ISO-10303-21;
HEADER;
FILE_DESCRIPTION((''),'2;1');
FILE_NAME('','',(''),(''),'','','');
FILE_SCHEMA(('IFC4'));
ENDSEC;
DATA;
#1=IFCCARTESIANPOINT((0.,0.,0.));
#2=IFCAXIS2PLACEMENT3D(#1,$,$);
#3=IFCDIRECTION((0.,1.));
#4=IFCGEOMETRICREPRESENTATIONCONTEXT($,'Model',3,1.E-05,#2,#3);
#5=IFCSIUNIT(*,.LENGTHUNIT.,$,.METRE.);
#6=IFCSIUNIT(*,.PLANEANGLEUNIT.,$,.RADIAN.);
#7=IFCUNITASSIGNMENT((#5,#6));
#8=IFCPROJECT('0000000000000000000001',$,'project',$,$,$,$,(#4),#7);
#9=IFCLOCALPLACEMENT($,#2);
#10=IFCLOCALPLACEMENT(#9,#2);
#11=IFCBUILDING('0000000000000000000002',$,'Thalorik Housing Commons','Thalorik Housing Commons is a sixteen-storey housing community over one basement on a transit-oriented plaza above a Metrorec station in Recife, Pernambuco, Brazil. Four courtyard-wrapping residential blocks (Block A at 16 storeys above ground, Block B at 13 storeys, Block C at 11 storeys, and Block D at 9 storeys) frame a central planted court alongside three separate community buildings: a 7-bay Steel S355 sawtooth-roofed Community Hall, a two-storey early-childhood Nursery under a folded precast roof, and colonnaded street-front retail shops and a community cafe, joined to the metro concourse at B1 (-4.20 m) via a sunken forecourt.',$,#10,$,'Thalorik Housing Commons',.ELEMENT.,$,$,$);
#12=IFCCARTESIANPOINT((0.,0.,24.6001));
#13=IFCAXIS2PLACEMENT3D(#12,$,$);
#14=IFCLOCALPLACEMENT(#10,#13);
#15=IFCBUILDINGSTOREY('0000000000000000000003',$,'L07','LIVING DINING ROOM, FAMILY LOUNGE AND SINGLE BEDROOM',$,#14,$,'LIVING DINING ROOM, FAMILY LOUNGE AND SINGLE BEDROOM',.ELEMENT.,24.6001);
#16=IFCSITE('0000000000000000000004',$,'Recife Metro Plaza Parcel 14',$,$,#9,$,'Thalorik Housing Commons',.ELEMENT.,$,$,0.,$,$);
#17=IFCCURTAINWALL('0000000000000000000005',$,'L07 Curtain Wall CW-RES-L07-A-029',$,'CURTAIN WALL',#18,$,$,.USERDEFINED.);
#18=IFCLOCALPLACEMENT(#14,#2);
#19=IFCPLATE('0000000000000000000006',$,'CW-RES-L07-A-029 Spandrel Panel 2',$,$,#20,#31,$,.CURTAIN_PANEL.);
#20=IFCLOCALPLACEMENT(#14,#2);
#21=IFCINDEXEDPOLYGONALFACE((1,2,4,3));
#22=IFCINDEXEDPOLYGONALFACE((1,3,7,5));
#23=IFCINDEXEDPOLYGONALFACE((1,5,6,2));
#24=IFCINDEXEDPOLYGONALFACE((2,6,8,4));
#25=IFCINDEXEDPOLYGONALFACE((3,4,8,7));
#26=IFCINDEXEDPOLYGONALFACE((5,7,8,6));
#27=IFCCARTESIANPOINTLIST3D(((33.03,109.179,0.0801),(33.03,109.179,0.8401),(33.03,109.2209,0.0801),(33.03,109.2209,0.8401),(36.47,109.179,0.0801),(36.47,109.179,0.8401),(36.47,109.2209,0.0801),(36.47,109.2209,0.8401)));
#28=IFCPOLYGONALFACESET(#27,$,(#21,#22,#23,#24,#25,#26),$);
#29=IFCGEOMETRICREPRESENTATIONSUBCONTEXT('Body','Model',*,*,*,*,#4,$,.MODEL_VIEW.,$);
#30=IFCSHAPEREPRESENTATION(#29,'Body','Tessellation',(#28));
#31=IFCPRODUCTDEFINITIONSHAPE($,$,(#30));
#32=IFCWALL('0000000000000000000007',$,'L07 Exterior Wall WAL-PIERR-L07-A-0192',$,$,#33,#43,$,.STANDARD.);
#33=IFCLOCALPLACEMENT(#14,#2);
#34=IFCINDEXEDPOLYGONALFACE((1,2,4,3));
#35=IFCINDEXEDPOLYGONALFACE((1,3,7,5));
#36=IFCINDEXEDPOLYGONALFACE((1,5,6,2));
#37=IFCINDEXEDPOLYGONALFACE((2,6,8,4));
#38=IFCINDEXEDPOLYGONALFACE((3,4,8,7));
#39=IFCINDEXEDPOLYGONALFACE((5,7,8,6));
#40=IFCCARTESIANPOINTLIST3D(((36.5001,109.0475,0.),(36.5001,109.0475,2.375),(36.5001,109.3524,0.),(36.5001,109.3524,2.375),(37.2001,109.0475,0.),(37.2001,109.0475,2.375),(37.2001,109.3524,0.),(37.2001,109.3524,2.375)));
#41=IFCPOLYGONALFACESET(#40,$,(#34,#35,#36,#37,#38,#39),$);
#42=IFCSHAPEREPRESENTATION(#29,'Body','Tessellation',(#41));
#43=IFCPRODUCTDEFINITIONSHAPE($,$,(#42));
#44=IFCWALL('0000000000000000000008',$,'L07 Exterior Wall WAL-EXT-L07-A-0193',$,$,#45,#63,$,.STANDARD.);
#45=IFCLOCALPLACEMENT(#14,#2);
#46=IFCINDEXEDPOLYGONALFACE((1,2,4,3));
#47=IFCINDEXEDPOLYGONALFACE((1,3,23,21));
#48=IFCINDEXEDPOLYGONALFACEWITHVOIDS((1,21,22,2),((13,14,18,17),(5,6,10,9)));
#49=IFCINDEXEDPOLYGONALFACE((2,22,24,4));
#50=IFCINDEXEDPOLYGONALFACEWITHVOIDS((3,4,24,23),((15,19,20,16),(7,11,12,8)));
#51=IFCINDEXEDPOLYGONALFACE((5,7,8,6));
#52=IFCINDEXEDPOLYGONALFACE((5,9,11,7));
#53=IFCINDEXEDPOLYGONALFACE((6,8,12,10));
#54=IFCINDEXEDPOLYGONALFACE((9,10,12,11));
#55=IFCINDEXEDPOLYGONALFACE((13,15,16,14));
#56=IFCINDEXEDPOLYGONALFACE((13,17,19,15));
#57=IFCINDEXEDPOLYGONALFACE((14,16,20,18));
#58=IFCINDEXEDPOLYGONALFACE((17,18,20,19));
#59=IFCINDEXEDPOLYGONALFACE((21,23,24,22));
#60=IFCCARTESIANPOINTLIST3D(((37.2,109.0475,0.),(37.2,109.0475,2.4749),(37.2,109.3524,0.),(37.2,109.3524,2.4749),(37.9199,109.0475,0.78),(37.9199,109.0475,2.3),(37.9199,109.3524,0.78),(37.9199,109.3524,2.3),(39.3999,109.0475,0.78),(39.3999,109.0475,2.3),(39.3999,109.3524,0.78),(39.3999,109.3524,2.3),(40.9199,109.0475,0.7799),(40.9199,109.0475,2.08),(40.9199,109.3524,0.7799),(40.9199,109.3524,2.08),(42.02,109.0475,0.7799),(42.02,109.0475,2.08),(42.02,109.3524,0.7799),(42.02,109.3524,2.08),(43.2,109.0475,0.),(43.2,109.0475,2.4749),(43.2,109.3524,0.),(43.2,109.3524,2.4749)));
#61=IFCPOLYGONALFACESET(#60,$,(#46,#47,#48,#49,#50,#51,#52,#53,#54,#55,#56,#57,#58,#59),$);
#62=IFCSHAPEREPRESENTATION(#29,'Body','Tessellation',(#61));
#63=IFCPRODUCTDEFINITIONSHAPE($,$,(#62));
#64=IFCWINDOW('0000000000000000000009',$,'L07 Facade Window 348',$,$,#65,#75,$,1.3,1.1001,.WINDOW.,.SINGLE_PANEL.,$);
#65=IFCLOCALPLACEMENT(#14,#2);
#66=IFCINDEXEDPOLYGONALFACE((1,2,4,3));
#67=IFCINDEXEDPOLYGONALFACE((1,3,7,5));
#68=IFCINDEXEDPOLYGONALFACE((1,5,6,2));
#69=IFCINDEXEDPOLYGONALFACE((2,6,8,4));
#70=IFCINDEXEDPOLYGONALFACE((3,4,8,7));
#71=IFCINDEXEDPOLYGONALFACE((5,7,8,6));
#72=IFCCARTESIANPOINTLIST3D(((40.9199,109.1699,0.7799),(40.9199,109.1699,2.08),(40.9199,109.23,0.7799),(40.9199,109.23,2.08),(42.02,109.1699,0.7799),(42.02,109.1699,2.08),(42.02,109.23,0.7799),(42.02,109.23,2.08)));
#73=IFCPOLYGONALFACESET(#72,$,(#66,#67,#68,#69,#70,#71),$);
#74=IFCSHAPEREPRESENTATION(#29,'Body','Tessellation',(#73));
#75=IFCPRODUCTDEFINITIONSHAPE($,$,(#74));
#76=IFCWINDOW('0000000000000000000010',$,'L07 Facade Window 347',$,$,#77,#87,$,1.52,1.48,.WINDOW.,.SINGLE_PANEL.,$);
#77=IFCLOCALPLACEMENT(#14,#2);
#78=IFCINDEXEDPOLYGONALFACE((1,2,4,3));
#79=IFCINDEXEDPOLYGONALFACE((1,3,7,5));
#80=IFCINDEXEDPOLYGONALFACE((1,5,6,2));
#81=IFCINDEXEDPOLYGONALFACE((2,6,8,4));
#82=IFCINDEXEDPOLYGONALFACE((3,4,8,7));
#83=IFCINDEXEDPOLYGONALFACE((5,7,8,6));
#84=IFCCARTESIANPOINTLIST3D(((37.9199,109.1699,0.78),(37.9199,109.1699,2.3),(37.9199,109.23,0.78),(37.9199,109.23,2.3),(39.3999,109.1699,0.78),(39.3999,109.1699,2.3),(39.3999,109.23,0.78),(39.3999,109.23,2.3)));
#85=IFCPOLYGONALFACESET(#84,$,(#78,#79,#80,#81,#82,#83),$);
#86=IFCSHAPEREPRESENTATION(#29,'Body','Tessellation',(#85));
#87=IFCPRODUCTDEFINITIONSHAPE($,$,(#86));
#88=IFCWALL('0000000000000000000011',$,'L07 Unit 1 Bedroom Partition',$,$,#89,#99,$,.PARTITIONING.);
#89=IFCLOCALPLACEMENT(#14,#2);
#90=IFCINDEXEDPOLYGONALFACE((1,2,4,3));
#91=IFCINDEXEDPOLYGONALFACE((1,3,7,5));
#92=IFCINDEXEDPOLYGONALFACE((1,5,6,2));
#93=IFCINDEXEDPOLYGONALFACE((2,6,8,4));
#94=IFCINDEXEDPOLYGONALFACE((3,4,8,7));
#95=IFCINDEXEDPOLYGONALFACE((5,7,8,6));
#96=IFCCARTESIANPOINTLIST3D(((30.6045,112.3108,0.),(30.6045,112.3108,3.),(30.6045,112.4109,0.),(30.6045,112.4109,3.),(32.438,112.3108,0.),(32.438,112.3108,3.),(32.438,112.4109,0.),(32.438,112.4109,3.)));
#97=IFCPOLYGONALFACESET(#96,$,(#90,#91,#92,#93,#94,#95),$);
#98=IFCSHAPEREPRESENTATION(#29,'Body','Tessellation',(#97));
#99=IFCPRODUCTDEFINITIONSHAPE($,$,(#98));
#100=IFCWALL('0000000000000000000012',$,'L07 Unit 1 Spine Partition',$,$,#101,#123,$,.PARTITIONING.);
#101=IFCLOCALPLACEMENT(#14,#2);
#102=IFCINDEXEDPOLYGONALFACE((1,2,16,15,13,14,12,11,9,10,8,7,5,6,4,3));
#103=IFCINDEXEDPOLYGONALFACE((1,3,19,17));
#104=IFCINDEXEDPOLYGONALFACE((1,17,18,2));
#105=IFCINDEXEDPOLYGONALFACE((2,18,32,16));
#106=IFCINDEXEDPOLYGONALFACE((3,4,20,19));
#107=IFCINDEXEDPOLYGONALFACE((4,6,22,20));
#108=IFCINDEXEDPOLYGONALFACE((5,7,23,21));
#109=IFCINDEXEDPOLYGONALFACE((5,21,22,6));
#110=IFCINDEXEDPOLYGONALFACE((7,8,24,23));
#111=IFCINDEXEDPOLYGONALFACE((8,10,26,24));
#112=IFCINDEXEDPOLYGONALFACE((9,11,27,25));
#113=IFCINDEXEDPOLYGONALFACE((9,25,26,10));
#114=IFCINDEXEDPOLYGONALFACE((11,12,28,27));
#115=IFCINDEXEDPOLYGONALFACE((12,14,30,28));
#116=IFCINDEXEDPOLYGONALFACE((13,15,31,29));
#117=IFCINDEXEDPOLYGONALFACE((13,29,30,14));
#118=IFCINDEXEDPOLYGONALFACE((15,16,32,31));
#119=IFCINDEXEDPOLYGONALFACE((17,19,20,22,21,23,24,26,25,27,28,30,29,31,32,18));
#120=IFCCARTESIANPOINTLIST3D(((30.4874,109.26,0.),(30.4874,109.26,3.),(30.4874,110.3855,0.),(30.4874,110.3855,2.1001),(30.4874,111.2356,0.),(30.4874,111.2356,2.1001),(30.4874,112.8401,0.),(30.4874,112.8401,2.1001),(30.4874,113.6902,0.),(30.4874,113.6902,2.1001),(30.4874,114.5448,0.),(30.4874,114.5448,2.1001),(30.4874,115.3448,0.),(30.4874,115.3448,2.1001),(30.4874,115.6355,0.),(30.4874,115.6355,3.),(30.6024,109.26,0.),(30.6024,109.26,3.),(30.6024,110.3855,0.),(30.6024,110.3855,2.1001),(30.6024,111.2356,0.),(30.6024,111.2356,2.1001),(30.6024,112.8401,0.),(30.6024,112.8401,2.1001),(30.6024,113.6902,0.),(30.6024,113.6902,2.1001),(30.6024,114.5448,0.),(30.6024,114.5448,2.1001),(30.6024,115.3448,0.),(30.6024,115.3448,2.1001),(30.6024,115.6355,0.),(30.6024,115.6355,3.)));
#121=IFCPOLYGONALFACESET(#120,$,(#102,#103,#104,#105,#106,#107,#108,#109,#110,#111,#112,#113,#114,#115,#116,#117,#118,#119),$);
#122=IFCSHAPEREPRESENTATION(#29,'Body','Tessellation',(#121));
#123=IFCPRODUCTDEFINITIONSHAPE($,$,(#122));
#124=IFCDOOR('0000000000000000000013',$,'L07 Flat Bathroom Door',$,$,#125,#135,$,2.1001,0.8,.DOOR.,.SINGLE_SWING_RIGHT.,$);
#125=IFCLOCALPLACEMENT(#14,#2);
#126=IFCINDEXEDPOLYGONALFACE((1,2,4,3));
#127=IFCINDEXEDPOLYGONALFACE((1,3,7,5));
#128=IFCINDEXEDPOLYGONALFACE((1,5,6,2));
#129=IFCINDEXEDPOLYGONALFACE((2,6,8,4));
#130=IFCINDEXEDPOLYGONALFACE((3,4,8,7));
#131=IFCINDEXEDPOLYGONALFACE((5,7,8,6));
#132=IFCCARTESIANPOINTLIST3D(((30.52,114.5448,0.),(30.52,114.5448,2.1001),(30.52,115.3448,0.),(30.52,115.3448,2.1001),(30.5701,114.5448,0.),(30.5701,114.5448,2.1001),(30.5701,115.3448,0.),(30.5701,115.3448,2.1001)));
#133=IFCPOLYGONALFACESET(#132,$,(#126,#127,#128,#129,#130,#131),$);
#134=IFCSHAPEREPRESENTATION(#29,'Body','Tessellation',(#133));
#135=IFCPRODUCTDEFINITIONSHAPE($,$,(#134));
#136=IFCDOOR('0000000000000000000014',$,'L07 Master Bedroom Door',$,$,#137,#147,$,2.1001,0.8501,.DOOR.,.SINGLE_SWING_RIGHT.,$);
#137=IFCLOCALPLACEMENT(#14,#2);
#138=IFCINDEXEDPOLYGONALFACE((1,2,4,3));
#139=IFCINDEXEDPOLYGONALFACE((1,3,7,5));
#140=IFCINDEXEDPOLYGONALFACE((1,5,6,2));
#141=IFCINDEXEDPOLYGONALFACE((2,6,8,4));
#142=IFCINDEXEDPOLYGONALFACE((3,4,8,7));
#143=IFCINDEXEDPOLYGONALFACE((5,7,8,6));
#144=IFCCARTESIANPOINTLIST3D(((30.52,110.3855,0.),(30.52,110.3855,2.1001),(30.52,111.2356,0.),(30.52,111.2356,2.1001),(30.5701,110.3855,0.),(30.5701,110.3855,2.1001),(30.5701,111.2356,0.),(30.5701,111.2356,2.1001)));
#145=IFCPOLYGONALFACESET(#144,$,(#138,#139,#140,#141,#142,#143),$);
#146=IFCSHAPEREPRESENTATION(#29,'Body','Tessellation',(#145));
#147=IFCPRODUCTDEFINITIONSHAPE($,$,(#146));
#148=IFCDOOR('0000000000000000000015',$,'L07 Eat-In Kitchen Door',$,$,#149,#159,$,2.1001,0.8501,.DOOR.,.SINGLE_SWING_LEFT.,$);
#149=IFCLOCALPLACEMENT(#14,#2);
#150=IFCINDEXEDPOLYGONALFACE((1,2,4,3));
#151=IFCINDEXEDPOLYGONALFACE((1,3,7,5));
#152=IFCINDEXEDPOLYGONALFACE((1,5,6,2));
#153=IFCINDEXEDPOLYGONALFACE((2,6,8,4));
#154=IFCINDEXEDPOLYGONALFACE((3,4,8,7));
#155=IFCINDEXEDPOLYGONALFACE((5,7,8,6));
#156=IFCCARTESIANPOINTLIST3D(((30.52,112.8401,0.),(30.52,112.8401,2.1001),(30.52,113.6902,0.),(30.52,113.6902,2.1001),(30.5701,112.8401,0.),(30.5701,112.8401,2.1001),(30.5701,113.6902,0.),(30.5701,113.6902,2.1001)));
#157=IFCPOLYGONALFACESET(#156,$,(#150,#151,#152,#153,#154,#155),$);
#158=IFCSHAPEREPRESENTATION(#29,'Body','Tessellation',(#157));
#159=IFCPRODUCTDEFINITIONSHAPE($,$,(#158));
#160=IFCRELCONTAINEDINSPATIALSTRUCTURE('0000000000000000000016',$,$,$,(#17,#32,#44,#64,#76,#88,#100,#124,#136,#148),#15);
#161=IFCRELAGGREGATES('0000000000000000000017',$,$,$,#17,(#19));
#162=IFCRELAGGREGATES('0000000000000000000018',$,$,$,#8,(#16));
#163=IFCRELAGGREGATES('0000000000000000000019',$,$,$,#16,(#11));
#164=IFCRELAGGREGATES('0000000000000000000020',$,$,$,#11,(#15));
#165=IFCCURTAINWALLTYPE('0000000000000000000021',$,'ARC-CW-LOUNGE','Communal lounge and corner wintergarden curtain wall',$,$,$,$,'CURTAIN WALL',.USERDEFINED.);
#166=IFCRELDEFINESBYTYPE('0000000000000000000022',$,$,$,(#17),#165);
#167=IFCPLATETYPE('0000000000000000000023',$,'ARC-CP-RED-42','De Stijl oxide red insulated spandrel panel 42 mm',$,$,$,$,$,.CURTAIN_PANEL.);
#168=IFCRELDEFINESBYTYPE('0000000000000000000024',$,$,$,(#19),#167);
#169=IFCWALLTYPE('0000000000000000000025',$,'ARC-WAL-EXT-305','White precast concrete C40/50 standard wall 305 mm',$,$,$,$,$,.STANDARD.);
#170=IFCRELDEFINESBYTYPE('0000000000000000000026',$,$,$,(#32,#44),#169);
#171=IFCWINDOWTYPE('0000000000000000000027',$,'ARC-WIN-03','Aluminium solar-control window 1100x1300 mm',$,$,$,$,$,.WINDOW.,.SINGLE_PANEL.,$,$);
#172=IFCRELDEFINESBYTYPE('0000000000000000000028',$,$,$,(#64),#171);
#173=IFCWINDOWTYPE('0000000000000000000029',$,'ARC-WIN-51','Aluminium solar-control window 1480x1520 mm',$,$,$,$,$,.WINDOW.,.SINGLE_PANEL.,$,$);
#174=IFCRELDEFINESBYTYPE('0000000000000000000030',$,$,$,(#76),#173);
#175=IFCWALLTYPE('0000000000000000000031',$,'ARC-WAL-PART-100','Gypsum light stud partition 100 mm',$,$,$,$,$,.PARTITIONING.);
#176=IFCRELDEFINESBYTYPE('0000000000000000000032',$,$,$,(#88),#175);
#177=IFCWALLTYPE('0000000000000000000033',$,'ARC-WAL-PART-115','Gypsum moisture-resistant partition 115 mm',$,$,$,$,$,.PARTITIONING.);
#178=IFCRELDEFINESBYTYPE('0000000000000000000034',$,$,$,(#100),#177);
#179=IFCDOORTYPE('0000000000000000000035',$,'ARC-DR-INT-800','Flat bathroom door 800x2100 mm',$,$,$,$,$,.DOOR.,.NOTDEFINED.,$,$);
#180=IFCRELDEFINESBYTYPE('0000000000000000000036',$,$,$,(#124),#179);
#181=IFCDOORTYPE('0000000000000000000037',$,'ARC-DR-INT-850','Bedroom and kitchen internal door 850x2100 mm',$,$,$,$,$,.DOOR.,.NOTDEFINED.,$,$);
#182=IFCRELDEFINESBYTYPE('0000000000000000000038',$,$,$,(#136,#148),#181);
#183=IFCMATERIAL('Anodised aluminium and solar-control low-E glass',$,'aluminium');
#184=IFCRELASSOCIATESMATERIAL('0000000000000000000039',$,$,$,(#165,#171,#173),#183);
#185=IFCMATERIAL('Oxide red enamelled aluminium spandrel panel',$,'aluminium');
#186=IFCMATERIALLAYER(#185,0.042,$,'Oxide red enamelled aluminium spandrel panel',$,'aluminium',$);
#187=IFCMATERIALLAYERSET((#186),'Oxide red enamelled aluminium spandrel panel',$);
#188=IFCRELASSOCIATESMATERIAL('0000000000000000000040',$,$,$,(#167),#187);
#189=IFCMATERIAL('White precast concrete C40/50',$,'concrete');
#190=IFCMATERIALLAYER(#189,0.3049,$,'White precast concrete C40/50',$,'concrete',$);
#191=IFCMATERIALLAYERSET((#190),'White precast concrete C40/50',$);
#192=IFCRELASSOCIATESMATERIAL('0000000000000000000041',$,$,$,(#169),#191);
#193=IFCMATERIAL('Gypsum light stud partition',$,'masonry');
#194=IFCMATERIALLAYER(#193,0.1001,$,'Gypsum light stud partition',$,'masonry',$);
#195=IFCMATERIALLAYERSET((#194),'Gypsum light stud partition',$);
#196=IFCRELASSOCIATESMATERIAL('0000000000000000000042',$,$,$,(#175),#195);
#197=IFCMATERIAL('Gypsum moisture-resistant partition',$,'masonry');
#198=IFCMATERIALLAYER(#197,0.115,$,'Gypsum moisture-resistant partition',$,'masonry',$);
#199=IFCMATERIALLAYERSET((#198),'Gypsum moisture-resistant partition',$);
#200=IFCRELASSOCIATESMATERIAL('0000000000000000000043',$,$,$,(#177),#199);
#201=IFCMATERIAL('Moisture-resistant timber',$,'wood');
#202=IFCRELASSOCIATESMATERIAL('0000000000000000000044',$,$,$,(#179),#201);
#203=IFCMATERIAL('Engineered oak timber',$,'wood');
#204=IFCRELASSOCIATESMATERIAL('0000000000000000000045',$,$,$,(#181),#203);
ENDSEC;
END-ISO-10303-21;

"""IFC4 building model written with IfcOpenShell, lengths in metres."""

from ifc_helpers import new_model, si_unit, direction, frame, frame_2d, origin, origin_2d, place, context, subcontext, project, spatial, rectangle, extrude, material, layer, layer_set, type_object, element, fill, aggregate, save


model = new_model("IFC4")

# Units and contexts
model_context = context("Model", 3, precision=1e-05, world=origin(), true_north=direction((0.0, 1.0)))
body_context = subcontext(model_context, "Body", "Model", "MODEL_VIEW")
ifc_project = project(units=[si_unit("LENGTHUNIT", "METRE"), si_unit("PLANEANGLEUNIT", "RADIAN")], contexts=[model_context])

# Site, building, storey
site_placement = place(None, origin())
site = spatial("IfcSite", under=ifc_project, at=site_placement, Name="Recife Metro Plaza Parcel 14", LongName="Thalorik Housing Commons", CompositionType="ELEMENT", RefElevation=0.0)
building_placement = place(site_placement, origin())
building = spatial("IfcBuilding", under=site, at=building_placement, Name="Thalorik Housing Commons", Description="Thalorik Housing Commons is a sixteen-storey housing community over one basement on a transit-oriented plaza above a Metrorec station in Recife, Pernambuco, Brazil. Four courtyard-wrapping residential blocks (Block A at 16 storeys above ground, Block B at 13 storeys, Block C at 11 storeys, and Block D at 9 storeys) frame a central planted court alongside three separate community buildings: a 7-bay Steel S355 sawtooth-roofed Community Hall, a two-storey early-childhood Nursery under a folded precast roof, and colonnaded street-front retail shops and a community cafe, joined to the metro concourse at B1 (-4.20 m) via a sunken forecourt.", LongName="Thalorik Housing Commons", CompositionType="ELEMENT")
storey_placement = place(building_placement, frame((0.0, 0.0, 24.6001)))
storey = spatial("IfcBuildingStorey", under=building, at=storey_placement, Name="L07", Description="LIVING DINING ROOM, FAMILY LOUNGE AND SINGLE BEDROOM", LongName="LIVING DINING ROOM, FAMILY LOUNGE AND SINGLE BEDROOM", CompositionType="ELEMENT", Elevation=24.6001)

# Curtain wall
ifc_material_1 = material(Name="Anodised aluminium and solar-control low-E glass", Category="aluminium")
curtain_wall_type = type_object("IfcCurtainWallType", Name="ARC-CW-LOUNGE", Description="Communal lounge and corner wintergarden curtain wall", ElementType="CURTAIN WALL", PredefinedType="USERDEFINED", material=ifc_material_1)
curtain_wall_placement = place(storey_placement, origin())
curtain_wall = element("IfcCurtainWall", 1, at=curtain_wall_placement, inside=storey, type_object=curtain_wall_type, Name="L07 Curtain Wall CW-RES-L07-A-029", ObjectType="CURTAIN WALL", PredefinedType="USERDEFINED")

# Plate
ifc_material_2 = material(Name="Oxide red enamelled aluminium spandrel panel", Category="aluminium")
ifc_layer_1 = layer(ifc_material_2, 0.042, Name="Oxide red enamelled aluminium spandrel panel", Category="aluminium")
ifc_layer_set_1 = layer_set([ifc_layer_1], Name="Oxide red enamelled aluminium spandrel panel")
plate_type_1 = type_object("IfcPlateType", Name="ARC-CP-RED-42", Description="De Stijl oxide red insulated spandrel panel 42 mm", PredefinedType="CURTAIN_PANEL", material=ifc_layer_set_1)
plate_1_placement = place(storey_placement, frame((34.75, 109.2, 0.0801), z_axis=(0.0, 0.0, 1.0), x_axis=(1.0, 0.0, 0.0)))
plate_1 = element("IfcPlate", 2, at=plate_1_placement, type_object=plate_type_1, Name="CW-RES-L07-A-029 Spandrel Panel 2", PredefinedType="CURTAIN_PANEL", context=body_context, shape_type="SweptSolid", body=[
    extrude(rectangle(XDim=3.4399, YDim=0.042, at=origin_2d()), origin(), (0.0, 0.0, 1.0), 0.76),
])
aggregate(curtain_wall, [plate_1])

# Wall
ifc_material_3 = material(Name="White precast concrete C40/50", Category="concrete")
ifc_layer_2 = layer(ifc_material_3, 0.3049, Name="White precast concrete C40/50", Category="concrete")
ifc_layer_set_2 = layer_set([ifc_layer_2], Name="White precast concrete C40/50")
wall_type_1 = type_object("IfcWallType", Name="ARC-WAL-EXT-305", Description="White precast concrete C40/50 standard wall 305 mm", PredefinedType="STANDARD", material=ifc_layer_set_2)
wall_1_placement = place(storey_placement, frame((36.5, 109.2, 0.0), z_axis=(0.0, 0.0, 1.0), x_axis=(1.0, 0.0, 0.0)))
element("IfcWall", 3, at=wall_1_placement, inside=storey, type_object=wall_type_1, Name="L07 Exterior Wall WAL-PIERR-L07-A-0192", PredefinedType="STANDARD", context=body_context, shape_type="SweptSolid", body=[
    extrude(rectangle(XDim=0.7, YDim=0.3049, at=frame_2d((0.3501, 0.0))), origin(), (0.0, 0.0, 1.0), 2.375),
])

# Wall, openings, windows
wall_2_placement = place(storey_placement, frame((37.2, 109.2, 0.0), z_axis=(0.0, 0.0, 1.0), x_axis=(1.0, 0.0, 0.0)))
wall_2 = element("IfcWall", 4, at=wall_2_placement, inside=storey, type_object=wall_type_1, Name="L07 Exterior Wall WAL-EXT-L07-A-0193", PredefinedType="STANDARD", context=body_context, shape_type="SweptSolid", body=[
    extrude(rectangle(XDim=6.0, YDim=0.3049, at=frame_2d((3.0, 0.0))), origin(), (0.0, 0.0, 1.0), 2.4749),
])
opening_1_placement = place(wall_2_placement, frame((0.72, 0.0, 0.78)))
opening_1 = element("IfcOpeningElement", 5, at=opening_1_placement, cuts=wall_2, PredefinedType="OPENING", context=body_context, shape_type="SweptSolid", body=[
    extrude(rectangle(XDim=1.48, YDim=1.52, at=frame_2d((0.74, 0.76))), frame((0.0, 0.1626, 0.0), z_axis=(0.0, -1.0, 0.0), x_axis=(1.0, 0.0, 0.0)), (0.0, 0.0, 1.0), 0.325),
])
opening_2_placement = place(wall_2_placement, frame((3.72, 0.0, 0.78)))
opening_2 = element("IfcOpeningElement", 6, at=opening_2_placement, cuts=wall_2, PredefinedType="OPENING", context=body_context, shape_type="SweptSolid", body=[
    extrude(rectangle(XDim=1.1001, YDim=1.3, at=frame_2d((0.55, 0.6499))), frame((0.0, 0.1626, 0.0), z_axis=(0.0, -1.0, 0.0), x_axis=(1.0, 0.0, 0.0)), (0.0, 0.0, 1.0), 0.325),
])
window_type_1 = type_object("IfcWindowType", Name="ARC-WIN-03", Description="Aluminium solar-control window 1100x1300 mm", PartitioningType="SINGLE_PANEL", PredefinedType="WINDOW", material=ifc_material_1)
window_1_placement = place(opening_2_placement, origin())
window_1 = element("IfcWindow", 7, at=window_1_placement, inside=storey, type_object=window_type_1, Name="L07 Facade Window 348", OverallHeight=1.3, OverallWidth=1.1001, PartitioningType="SINGLE_PANEL", PredefinedType="WINDOW", context=body_context, shape_type="SweptSolid", body=[
    extrude(rectangle(XDim=1.1001, YDim=1.3, at=frame_2d((0.55, 0.6499))), frame((0.0, 0.03, 0.0), z_axis=(0.0, -1.0, 0.0), x_axis=(1.0, 0.0, 0.0)), (0.0, 0.0, 1.0), 0.0601),
])
fill(opening_2, window_1)
window_type_2 = type_object("IfcWindowType", Name="ARC-WIN-51", Description="Aluminium solar-control window 1480x1520 mm", PartitioningType="SINGLE_PANEL", PredefinedType="WINDOW", material=ifc_material_1)
window_2_placement = place(opening_1_placement, origin())
window_2 = element("IfcWindow", 8, at=window_2_placement, inside=storey, type_object=window_type_2, Name="L07 Facade Window 347", OverallHeight=1.52, OverallWidth=1.48, PartitioningType="SINGLE_PANEL", PredefinedType="WINDOW", context=body_context, shape_type="SweptSolid", body=[
    extrude(rectangle(XDim=1.48, YDim=1.52, at=frame_2d((0.74, 0.76))), frame((0.0, 0.03, 0.0), z_axis=(0.0, -1.0, 0.0), x_axis=(1.0, 0.0, 0.0)), (0.0, 0.0, 1.0), 0.0601),
])
fill(opening_1, window_2)

# Wall
ifc_material_4 = material(Name="Gypsum light stud partition", Category="masonry")
ifc_layer_3 = layer(ifc_material_4, 0.1001, Name="Gypsum light stud partition", Category="masonry")
ifc_layer_set_3 = layer_set([ifc_layer_3], Name="Gypsum light stud partition")
wall_type_2 = type_object("IfcWallType", Name="ARC-WAL-PART-100", Description="Gypsum light stud partition 100 mm", PredefinedType="PARTITIONING", material=ifc_layer_set_3)
wall_3_placement = place(storey_placement, frame((30.6045, 112.3608, 0.0), z_axis=(0.0, 0.0, 1.0), x_axis=(1.0, 0.0, 0.0)))
element("IfcWall", 9, at=wall_3_placement, inside=storey, type_object=wall_type_2, Name="L07 Unit 1 Bedroom Partition", PredefinedType="PARTITIONING", context=body_context, shape_type="SweptSolid", body=[
    extrude(rectangle(XDim=1.8335, YDim=0.1001, at=frame_2d((0.9167, 0.0))), origin(), (0.0, 0.0, 1.0), 3.0),
])

# Wall, openings, doors
ifc_material_5 = material(Name="Gypsum moisture-resistant partition", Category="masonry")
ifc_layer_4 = layer(ifc_material_5, 0.115, Name="Gypsum moisture-resistant partition", Category="masonry")
ifc_layer_set_4 = layer_set([ifc_layer_4], Name="Gypsum moisture-resistant partition")
wall_type_3 = type_object("IfcWallType", Name="ARC-WAL-PART-115", Description="Gypsum moisture-resistant partition 115 mm", PredefinedType="PARTITIONING", material=ifc_layer_set_4)
wall_4_placement = place(storey_placement, frame((30.5449, 109.26, 0.0), z_axis=(0.0, 0.0, 1.0), x_axis=(0.0, 1.0, 0.0)))
wall_4 = element("IfcWall", 10, at=wall_4_placement, inside=storey, type_object=wall_type_3, Name="L07 Unit 1 Spine Partition", PredefinedType="PARTITIONING", context=body_context, shape_type="SweptSolid", body=[
    extrude(rectangle(XDim=6.3755, YDim=0.115, at=frame_2d((3.1877, 0.0))), origin(), (0.0, 0.0, 1.0), 3.0),
])
opening_3_placement = place(wall_4_placement, frame((1.1255, 0.0, 0.0)))
opening_3 = element("IfcOpeningElement", 11, at=opening_3_placement, cuts=wall_4, PredefinedType="OPENING", context=body_context, shape_type="SweptSolid", body=[
    extrude(rectangle(XDim=0.8501, YDim=2.1001, at=frame_2d((0.425, 1.05))), frame((0.0, 0.0674, 0.0), z_axis=(0.0, -1.0, 0.0), x_axis=(1.0, 0.0, 0.0)), (0.0, 0.0, 1.0), 0.135),
])
opening_4_placement = place(wall_4_placement, frame((3.5801, 0.0, 0.0)))
opening_4 = element("IfcOpeningElement", 12, at=opening_4_placement, cuts=wall_4, PredefinedType="OPENING", context=body_context, shape_type="SweptSolid", body=[
    extrude(rectangle(XDim=0.8501, YDim=2.1001, at=frame_2d((0.425, 1.05))), frame((0.0, 0.0674, 0.0), z_axis=(0.0, -1.0, 0.0), x_axis=(1.0, 0.0, 0.0)), (0.0, 0.0, 1.0), 0.135),
])
opening_5_placement = place(wall_4_placement, frame((5.2849, 0.0, 0.0)))
opening_5 = element("IfcOpeningElement", 13, at=opening_5_placement, cuts=wall_4, PredefinedType="OPENING", context=body_context, shape_type="SweptSolid", body=[
    extrude(rectangle(XDim=0.8, YDim=2.1001, at=frame_2d((0.3999, 1.05))), frame((0.0, 0.0674, 0.0), z_axis=(0.0, -1.0, 0.0), x_axis=(1.0, 0.0, 0.0)), (0.0, 0.0, 1.0), 0.135),
])
ifc_material_6 = material(Name="Moisture-resistant timber", Category="wood")
door_type_1 = type_object("IfcDoorType", Name="ARC-DR-INT-800", Description="Flat bathroom door 800x2100 mm", OperationType="NOTDEFINED", PredefinedType="DOOR", material=ifc_material_6)
door_1_placement = place(opening_5_placement, origin())
door_1 = element("IfcDoor", 14, at=door_1_placement, inside=storey, type_object=door_type_1, Name="L07 Flat Bathroom Door", OperationType="SINGLE_SWING_RIGHT", OverallHeight=2.1001, OverallWidth=0.8, PredefinedType="DOOR", context=body_context, shape_type="SweptSolid", body=[
    extrude(rectangle(XDim=0.8, YDim=2.1001, at=frame_2d((0.3999, 1.05))), frame((0.0, 0.0249, 0.0), z_axis=(0.0, -1.0, 0.0), x_axis=(1.0, 0.0, 0.0)), (0.0, 0.0, 1.0), 0.05),
])
fill(opening_5, door_1)
ifc_material_7 = material(Name="Engineered oak timber", Category="wood")
door_type_2 = type_object("IfcDoorType", Name="ARC-DR-INT-850", Description="Bedroom and kitchen internal door 850x2100 mm", OperationType="NOTDEFINED", PredefinedType="DOOR", material=ifc_material_7)
door_2_placement = place(opening_3_placement, origin())
door_2 = element("IfcDoor", 15, at=door_2_placement, inside=storey, type_object=door_type_2, Name="L07 Master Bedroom Door", OperationType="SINGLE_SWING_RIGHT", OverallHeight=2.1001, OverallWidth=0.8501, PredefinedType="DOOR", context=body_context, shape_type="SweptSolid", body=[
    extrude(rectangle(XDim=0.8501, YDim=2.1001, at=frame_2d((0.425, 1.05))), frame((0.0, 0.0249, 0.0), z_axis=(0.0, -1.0, 0.0), x_axis=(1.0, 0.0, 0.0)), (0.0, 0.0, 1.0), 0.05),
])
fill(opening_3, door_2)
door_3_placement = place(opening_4_placement, origin())
door_3 = element("IfcDoor", 16, at=door_3_placement, inside=storey, type_object=door_type_2, Name="L07 Eat-In Kitchen Door", OperationType="SINGLE_SWING_LEFT", OverallHeight=2.1001, OverallWidth=0.8501, PredefinedType="DOOR", context=body_context, shape_type="SweptSolid", body=[
    extrude(rectangle(XDim=0.8501, YDim=2.1001, at=frame_2d((0.425, 1.05))), frame((0.0, 0.0249, 0.0), z_axis=(0.0, -1.0, 0.0), x_axis=(1.0, 0.0, 0.0)), (0.0, 0.0, 1.0), 0.05),
])
fill(opening_4, door_3)

save(model, "model.ifc")
